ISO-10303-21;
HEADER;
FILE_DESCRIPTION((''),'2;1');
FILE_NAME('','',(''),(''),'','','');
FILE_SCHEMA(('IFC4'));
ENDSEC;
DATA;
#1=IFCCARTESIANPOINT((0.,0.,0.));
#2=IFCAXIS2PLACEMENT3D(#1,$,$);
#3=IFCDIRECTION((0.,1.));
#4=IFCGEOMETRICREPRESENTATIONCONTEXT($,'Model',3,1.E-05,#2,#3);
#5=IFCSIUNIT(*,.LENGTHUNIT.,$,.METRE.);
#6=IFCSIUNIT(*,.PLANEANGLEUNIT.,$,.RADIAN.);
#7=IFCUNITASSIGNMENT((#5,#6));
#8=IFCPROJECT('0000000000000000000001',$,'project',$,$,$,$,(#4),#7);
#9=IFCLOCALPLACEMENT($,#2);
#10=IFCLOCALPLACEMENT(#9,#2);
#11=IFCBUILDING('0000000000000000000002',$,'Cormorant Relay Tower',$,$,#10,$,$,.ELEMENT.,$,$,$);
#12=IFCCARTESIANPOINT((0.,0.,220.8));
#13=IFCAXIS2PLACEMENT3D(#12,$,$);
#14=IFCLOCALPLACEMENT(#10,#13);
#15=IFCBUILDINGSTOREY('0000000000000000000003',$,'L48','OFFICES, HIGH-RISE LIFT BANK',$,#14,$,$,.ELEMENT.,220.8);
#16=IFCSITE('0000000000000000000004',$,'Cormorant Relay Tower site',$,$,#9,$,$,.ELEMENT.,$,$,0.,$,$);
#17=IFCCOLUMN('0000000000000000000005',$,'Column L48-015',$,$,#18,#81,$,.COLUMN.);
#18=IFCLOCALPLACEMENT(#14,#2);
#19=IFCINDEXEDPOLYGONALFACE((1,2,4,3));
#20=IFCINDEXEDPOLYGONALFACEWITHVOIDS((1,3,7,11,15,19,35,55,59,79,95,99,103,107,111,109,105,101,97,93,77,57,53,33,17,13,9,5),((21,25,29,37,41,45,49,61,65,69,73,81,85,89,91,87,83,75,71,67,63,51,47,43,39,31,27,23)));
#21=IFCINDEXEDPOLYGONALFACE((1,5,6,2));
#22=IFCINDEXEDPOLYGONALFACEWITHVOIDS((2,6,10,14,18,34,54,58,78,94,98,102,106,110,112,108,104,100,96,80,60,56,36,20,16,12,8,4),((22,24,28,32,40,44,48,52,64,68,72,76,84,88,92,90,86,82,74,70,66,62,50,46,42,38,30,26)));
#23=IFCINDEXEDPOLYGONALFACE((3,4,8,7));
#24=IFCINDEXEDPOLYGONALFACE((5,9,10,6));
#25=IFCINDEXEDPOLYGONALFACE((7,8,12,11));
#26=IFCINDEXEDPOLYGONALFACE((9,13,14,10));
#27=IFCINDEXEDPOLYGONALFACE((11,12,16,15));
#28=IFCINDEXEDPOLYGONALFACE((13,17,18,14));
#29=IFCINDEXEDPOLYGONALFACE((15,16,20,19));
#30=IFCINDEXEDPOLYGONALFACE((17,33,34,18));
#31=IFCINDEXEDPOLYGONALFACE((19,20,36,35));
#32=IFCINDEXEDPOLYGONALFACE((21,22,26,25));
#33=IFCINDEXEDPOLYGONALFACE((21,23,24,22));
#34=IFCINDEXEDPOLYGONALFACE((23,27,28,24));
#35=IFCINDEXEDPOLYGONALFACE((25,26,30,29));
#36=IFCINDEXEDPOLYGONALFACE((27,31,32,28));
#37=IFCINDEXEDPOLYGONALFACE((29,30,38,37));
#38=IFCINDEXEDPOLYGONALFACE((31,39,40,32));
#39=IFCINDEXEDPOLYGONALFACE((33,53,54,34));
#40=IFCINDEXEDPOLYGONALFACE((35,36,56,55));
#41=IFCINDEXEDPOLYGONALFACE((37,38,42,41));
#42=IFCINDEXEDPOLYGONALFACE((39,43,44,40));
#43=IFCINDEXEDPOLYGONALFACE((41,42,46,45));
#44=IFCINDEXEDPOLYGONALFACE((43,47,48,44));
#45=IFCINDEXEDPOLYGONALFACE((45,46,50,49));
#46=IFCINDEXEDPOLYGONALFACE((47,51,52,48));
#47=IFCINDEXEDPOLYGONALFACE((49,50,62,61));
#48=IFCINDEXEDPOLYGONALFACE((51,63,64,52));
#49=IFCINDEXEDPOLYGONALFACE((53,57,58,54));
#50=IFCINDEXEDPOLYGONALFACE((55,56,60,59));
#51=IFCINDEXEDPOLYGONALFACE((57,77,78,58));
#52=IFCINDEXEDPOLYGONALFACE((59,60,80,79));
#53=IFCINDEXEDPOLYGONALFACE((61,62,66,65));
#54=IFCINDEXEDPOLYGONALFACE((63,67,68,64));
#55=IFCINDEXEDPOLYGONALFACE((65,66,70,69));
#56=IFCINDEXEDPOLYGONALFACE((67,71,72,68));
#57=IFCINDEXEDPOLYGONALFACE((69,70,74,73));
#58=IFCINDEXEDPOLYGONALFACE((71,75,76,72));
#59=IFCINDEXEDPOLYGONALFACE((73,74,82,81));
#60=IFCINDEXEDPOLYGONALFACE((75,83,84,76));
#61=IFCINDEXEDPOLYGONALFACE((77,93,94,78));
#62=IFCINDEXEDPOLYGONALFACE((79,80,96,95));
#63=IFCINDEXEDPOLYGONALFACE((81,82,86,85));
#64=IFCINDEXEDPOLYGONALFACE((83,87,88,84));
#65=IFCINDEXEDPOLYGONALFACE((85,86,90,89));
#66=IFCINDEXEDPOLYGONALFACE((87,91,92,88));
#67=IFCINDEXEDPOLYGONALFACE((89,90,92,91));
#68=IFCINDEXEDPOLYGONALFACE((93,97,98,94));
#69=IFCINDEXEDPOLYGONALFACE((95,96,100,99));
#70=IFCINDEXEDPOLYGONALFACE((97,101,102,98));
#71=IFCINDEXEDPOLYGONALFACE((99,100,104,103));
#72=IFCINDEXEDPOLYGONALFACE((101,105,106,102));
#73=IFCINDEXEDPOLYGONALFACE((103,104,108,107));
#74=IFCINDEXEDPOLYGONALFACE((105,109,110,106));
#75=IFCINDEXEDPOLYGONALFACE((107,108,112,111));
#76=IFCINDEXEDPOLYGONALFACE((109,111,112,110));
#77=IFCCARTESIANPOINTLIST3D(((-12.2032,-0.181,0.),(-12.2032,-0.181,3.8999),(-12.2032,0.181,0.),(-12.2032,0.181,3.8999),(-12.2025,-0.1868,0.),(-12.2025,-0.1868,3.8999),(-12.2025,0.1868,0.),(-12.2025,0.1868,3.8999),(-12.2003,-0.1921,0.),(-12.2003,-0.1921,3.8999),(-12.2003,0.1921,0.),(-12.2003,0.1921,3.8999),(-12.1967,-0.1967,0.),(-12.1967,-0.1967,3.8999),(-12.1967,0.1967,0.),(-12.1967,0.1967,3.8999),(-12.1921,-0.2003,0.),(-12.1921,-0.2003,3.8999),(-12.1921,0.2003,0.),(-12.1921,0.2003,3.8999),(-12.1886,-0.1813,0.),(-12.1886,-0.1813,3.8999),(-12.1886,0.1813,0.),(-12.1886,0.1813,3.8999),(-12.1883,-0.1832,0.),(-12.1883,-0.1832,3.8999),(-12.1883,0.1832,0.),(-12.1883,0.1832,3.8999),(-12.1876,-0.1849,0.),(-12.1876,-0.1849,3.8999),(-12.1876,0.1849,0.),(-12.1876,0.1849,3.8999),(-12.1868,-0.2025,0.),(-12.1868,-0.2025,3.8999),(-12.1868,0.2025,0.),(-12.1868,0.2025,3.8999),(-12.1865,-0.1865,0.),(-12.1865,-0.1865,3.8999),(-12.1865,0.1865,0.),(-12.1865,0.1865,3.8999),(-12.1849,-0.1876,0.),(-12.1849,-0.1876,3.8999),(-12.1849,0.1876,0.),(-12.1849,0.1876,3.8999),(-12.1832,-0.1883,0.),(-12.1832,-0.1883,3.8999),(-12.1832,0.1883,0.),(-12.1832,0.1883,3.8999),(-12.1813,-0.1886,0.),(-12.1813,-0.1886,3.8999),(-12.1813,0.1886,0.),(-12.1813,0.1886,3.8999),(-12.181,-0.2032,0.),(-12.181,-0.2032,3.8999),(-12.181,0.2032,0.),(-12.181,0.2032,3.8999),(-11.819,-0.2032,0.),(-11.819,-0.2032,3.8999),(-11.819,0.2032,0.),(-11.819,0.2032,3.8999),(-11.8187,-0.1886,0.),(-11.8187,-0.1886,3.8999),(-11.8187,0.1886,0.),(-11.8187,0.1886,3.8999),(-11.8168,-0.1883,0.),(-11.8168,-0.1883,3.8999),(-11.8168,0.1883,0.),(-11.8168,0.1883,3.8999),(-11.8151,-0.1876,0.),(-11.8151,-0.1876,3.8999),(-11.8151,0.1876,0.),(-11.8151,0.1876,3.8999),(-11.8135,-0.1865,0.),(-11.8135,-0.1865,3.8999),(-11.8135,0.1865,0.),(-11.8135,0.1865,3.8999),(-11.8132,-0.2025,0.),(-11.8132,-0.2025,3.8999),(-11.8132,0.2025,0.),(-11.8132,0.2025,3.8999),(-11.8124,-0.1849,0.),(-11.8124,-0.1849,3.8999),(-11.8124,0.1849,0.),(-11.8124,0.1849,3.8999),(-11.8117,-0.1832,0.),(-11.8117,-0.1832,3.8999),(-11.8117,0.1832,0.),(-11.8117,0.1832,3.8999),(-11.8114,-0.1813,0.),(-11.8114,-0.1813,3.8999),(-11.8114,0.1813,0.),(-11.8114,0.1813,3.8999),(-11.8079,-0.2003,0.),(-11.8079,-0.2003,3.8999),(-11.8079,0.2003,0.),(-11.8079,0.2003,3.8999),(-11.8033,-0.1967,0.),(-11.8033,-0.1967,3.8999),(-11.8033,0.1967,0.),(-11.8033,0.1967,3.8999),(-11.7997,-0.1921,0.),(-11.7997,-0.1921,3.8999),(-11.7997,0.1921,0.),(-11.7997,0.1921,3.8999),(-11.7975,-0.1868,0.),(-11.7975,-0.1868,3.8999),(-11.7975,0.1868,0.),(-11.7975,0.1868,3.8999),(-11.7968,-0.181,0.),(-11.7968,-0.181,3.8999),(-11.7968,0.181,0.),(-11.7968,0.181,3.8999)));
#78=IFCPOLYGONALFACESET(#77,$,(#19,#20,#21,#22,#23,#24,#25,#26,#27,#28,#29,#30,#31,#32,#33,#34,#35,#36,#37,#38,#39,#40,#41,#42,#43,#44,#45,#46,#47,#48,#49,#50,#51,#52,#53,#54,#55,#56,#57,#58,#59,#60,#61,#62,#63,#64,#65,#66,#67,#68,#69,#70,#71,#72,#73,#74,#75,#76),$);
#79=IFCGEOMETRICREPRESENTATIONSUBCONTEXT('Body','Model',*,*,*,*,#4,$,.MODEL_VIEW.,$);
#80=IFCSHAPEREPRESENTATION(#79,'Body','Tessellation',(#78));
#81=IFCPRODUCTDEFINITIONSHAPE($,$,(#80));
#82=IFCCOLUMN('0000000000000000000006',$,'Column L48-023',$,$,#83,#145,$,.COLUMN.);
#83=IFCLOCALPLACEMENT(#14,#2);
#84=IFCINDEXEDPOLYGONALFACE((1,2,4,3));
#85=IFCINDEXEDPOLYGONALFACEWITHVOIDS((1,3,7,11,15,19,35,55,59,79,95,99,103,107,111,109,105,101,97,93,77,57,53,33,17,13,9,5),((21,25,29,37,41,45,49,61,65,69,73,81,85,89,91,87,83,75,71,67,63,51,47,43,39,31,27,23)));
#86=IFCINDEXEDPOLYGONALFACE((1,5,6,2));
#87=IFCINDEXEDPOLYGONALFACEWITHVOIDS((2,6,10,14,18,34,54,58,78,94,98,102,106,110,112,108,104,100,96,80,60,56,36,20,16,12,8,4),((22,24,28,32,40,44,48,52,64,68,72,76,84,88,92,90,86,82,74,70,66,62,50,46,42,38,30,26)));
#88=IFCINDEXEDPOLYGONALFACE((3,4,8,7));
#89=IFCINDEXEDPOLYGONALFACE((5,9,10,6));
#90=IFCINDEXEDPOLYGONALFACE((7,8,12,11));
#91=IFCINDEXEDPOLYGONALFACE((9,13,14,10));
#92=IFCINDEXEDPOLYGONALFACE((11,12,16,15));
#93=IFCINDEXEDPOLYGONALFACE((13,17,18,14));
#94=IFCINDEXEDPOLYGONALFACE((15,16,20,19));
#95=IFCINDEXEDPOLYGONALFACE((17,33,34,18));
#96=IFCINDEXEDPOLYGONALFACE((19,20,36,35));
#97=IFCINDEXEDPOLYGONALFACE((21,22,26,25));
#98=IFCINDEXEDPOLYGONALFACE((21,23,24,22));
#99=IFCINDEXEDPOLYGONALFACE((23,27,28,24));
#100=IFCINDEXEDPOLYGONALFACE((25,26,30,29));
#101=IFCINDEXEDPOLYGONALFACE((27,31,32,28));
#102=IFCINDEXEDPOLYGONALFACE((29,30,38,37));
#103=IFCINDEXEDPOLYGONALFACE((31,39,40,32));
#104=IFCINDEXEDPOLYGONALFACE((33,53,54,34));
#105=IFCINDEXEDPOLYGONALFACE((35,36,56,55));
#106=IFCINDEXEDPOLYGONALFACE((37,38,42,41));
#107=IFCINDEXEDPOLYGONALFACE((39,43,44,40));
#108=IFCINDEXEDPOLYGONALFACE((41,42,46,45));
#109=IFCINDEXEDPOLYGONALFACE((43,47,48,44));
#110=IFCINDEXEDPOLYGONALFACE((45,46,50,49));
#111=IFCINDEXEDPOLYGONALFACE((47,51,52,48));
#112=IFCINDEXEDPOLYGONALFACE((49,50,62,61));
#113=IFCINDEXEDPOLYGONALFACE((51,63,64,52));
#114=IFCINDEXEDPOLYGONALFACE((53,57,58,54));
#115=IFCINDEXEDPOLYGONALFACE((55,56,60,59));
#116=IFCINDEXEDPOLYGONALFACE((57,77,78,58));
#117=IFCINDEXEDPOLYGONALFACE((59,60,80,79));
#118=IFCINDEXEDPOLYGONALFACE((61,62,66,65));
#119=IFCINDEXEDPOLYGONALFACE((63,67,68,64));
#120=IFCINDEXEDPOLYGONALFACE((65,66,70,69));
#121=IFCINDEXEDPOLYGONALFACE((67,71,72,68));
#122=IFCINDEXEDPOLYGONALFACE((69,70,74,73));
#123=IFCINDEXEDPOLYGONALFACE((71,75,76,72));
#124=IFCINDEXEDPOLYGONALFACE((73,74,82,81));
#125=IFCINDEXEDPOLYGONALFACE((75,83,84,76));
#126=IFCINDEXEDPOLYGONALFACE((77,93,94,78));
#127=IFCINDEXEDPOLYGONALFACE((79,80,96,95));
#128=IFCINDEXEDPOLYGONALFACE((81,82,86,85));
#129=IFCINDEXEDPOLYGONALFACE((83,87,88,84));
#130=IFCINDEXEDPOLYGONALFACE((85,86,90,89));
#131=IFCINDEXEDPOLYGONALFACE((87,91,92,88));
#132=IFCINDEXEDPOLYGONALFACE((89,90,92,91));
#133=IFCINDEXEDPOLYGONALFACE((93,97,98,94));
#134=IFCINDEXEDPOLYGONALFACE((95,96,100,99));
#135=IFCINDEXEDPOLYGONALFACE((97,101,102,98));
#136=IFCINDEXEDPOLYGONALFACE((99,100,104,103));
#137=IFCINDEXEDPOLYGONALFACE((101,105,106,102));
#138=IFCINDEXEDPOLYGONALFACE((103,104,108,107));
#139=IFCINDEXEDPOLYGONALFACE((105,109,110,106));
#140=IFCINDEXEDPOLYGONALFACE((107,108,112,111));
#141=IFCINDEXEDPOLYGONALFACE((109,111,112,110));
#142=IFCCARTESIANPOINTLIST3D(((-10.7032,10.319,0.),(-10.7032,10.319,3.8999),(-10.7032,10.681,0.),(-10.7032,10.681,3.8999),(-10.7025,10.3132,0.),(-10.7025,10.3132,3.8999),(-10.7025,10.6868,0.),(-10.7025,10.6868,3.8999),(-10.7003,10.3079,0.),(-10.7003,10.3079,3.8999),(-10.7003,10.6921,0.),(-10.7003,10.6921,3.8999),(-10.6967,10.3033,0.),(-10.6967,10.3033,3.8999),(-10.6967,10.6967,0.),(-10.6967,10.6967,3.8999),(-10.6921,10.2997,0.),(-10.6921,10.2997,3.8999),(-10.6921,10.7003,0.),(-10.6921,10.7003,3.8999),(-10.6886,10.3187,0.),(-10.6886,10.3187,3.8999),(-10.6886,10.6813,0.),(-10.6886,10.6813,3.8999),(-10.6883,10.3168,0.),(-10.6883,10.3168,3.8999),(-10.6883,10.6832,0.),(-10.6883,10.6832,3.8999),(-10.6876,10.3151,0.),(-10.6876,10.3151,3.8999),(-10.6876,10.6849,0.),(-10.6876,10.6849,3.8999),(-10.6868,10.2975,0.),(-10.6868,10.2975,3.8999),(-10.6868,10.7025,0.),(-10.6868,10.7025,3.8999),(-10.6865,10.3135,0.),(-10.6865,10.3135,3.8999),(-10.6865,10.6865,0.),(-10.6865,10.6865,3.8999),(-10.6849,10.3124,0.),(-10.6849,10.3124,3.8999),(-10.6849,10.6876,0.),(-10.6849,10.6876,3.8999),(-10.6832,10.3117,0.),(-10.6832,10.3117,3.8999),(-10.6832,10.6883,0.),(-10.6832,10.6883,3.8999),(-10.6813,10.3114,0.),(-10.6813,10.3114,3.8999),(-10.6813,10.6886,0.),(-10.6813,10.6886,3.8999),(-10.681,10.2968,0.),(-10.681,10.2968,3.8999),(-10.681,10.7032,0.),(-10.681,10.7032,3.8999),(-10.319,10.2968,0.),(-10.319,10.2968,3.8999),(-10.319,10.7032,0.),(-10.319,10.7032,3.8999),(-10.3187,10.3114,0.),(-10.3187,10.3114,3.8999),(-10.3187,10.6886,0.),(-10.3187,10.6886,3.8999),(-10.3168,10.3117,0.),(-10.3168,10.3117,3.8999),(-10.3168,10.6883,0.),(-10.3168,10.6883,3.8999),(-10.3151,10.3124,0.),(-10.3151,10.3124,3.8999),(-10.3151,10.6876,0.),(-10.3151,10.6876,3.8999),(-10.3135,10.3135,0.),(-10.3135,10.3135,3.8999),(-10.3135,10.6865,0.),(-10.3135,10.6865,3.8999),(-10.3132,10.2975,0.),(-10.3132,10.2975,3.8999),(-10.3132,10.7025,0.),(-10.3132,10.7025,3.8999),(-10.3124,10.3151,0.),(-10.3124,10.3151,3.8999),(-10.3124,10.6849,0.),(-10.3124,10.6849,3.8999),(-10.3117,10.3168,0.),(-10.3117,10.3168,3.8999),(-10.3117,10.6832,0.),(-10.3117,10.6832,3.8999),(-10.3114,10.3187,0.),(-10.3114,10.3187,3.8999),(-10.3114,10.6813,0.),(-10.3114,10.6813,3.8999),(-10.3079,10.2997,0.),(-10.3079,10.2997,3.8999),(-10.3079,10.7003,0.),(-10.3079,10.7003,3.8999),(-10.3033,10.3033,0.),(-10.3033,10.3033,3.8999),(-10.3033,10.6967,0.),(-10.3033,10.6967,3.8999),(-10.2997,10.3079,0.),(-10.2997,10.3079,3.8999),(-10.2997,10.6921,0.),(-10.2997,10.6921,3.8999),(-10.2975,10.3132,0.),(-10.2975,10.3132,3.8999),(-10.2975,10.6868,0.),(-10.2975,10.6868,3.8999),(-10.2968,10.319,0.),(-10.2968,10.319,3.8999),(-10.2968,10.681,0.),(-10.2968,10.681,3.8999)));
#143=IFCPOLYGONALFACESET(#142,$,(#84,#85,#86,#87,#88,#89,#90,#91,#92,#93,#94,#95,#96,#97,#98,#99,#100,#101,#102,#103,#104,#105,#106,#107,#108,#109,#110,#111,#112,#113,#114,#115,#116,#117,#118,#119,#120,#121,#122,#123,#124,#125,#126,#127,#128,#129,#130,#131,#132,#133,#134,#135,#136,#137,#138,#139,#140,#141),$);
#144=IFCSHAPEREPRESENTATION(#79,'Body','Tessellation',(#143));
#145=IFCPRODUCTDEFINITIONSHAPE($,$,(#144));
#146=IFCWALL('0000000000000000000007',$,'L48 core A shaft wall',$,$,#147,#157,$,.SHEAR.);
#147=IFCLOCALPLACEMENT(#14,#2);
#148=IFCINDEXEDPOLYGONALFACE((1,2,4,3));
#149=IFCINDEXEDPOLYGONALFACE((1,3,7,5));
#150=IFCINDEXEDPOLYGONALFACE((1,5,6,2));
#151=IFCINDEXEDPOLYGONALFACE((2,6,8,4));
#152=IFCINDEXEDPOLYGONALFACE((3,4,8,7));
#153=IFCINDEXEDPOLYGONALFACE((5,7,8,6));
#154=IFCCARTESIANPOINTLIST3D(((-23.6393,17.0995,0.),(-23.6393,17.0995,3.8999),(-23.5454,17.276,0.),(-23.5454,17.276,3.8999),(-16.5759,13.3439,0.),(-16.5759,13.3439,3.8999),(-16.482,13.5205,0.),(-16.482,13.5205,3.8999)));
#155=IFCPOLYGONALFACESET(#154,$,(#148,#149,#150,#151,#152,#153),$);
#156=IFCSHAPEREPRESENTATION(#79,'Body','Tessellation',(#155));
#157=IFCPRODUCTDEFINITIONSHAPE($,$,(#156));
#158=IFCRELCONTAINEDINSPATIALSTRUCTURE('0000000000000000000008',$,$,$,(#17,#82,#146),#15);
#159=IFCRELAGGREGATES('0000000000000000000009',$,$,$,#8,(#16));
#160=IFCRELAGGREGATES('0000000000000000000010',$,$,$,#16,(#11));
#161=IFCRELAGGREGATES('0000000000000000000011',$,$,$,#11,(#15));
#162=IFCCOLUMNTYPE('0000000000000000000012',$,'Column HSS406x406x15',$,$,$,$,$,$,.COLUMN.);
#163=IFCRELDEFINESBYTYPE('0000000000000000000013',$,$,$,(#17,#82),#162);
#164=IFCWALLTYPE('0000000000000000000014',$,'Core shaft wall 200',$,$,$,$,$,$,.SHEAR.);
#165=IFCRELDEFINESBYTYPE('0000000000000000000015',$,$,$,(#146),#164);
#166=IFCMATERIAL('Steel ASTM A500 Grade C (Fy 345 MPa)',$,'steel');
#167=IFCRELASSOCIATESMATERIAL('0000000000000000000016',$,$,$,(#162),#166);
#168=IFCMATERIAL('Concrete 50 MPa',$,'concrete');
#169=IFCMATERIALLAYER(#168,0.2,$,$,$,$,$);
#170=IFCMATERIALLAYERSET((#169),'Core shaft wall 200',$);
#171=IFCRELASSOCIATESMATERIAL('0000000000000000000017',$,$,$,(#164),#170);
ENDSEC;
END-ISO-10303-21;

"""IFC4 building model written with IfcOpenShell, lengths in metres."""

from ifc_helpers import new_model, si_unit, direction, frame, frame_2d, origin, origin_2d, place, context, subcontext, project, spatial, rectangle, hollow_rectangle, extrude, material, layer, layer_set, material_profile, profile_set, type_object, element, save


model = new_model("IFC4")

# Units and contexts
model_context = context("Model", 3, precision=1e-05, world=origin(), true_north=direction((0.0, 1.0)))
body_context = subcontext(model_context, "Body", "Model", "MODEL_VIEW")
ifc_project = project(units=[si_unit("LENGTHUNIT", "METRE"), si_unit("PLANEANGLEUNIT", "RADIAN")], contexts=[model_context])

# Site, building, storey
site_placement = place(None, origin())
site = spatial("IfcSite", under=ifc_project, at=site_placement, Name="Cormorant Relay Tower site", CompositionType="ELEMENT", RefElevation=0.0)
building_placement = place(site_placement, origin())
building = spatial("IfcBuilding", under=site, at=building_placement, Name="Cormorant Relay Tower", CompositionType="ELEMENT")
storey_placement = place(building_placement, frame((0.0, 0.0, 220.8)))
storey = spatial("IfcBuildingStorey", under=building, at=storey_placement, Name="L48", Description="OFFICES, HIGH-RISE LIFT BANK", CompositionType="ELEMENT", Elevation=220.8)

# Columns
ifc_material_1 = material(Name="Steel ASTM A500 Grade C (Fy 345 MPa)", Category="steel")
ifc_material_profile = material_profile(ifc_material_1, hollow_rectangle(XDim=0.4065, YDim=0.4065, WallThickness=0.0146, InnerFilletRadius=0.0073, OuterFilletRadius=0.0222, at=origin_2d()), Name="HSS406x406x15")
ifc_profile_set = profile_set([ifc_material_profile], Name="Steel ASTM A500 Grade C (Fy 345 MPa)")
column_type = type_object("IfcColumnType", Name="Column HSS406x406x15", PredefinedType="COLUMN", material=ifc_profile_set)
for number, where, z_axis, x_axis, name in (
    (1, (-12.0, 0.0, 0.0), (0.0, 0.0, 1.0), (1.0, 0.0, 0.0), "Column L48-015"),
    (2, (-10.5, 10.5, 0.0), (0.0, 0.0, 1.0), (1.0, 0.0, 0.0), "Column L48-023"),
):
    element("IfcColumn", number, at=place(storey_placement, frame(where, z_axis=z_axis, x_axis=x_axis)), inside=storey, type_object=column_type, Name=name, PredefinedType="COLUMN", context=body_context, shape_type="SweptSolid", body=[
        extrude(hollow_rectangle(XDim=0.4065, YDim=0.4065, WallThickness=0.0146, InnerFilletRadius=0.0073, OuterFilletRadius=0.0222, at=origin_2d()), origin(), (0.0, 0.0, 1.0), 3.8999),
    ])

# Wall
ifc_material_2 = material(Name="Concrete 50 MPa", Category="concrete")
ifc_layer_1 = layer(ifc_material_2, 0.2)
ifc_layer_set_1 = layer_set([ifc_layer_1], Name="Core shaft wall 200")
wall_type_1 = type_object("IfcWallType", Name="Core shaft wall 200", PredefinedType="SHEAR", material=ifc_layer_set_1)
wall_1_placement = place(storey_placement, frame((-16.5288, 13.4321, 0.0), z_axis=(0.0, 0.0, 1.0), x_axis=(-0.882953, 0.469462, 0.0)))
element("IfcWall", 3, at=wall_1_placement, inside=storey, type_object=wall_type_1, Name="L48 core A shaft wall", PredefinedType="SHEAR", context=body_context, shape_type="SweptSolid", body=[
    extrude(rectangle(XDim=7.9998, YDim=0.2, at=frame_2d((4.0, 0.0))), origin(), (0.0, 0.0, 1.0), 3.8999),
])

save(model, "model.ifc")
